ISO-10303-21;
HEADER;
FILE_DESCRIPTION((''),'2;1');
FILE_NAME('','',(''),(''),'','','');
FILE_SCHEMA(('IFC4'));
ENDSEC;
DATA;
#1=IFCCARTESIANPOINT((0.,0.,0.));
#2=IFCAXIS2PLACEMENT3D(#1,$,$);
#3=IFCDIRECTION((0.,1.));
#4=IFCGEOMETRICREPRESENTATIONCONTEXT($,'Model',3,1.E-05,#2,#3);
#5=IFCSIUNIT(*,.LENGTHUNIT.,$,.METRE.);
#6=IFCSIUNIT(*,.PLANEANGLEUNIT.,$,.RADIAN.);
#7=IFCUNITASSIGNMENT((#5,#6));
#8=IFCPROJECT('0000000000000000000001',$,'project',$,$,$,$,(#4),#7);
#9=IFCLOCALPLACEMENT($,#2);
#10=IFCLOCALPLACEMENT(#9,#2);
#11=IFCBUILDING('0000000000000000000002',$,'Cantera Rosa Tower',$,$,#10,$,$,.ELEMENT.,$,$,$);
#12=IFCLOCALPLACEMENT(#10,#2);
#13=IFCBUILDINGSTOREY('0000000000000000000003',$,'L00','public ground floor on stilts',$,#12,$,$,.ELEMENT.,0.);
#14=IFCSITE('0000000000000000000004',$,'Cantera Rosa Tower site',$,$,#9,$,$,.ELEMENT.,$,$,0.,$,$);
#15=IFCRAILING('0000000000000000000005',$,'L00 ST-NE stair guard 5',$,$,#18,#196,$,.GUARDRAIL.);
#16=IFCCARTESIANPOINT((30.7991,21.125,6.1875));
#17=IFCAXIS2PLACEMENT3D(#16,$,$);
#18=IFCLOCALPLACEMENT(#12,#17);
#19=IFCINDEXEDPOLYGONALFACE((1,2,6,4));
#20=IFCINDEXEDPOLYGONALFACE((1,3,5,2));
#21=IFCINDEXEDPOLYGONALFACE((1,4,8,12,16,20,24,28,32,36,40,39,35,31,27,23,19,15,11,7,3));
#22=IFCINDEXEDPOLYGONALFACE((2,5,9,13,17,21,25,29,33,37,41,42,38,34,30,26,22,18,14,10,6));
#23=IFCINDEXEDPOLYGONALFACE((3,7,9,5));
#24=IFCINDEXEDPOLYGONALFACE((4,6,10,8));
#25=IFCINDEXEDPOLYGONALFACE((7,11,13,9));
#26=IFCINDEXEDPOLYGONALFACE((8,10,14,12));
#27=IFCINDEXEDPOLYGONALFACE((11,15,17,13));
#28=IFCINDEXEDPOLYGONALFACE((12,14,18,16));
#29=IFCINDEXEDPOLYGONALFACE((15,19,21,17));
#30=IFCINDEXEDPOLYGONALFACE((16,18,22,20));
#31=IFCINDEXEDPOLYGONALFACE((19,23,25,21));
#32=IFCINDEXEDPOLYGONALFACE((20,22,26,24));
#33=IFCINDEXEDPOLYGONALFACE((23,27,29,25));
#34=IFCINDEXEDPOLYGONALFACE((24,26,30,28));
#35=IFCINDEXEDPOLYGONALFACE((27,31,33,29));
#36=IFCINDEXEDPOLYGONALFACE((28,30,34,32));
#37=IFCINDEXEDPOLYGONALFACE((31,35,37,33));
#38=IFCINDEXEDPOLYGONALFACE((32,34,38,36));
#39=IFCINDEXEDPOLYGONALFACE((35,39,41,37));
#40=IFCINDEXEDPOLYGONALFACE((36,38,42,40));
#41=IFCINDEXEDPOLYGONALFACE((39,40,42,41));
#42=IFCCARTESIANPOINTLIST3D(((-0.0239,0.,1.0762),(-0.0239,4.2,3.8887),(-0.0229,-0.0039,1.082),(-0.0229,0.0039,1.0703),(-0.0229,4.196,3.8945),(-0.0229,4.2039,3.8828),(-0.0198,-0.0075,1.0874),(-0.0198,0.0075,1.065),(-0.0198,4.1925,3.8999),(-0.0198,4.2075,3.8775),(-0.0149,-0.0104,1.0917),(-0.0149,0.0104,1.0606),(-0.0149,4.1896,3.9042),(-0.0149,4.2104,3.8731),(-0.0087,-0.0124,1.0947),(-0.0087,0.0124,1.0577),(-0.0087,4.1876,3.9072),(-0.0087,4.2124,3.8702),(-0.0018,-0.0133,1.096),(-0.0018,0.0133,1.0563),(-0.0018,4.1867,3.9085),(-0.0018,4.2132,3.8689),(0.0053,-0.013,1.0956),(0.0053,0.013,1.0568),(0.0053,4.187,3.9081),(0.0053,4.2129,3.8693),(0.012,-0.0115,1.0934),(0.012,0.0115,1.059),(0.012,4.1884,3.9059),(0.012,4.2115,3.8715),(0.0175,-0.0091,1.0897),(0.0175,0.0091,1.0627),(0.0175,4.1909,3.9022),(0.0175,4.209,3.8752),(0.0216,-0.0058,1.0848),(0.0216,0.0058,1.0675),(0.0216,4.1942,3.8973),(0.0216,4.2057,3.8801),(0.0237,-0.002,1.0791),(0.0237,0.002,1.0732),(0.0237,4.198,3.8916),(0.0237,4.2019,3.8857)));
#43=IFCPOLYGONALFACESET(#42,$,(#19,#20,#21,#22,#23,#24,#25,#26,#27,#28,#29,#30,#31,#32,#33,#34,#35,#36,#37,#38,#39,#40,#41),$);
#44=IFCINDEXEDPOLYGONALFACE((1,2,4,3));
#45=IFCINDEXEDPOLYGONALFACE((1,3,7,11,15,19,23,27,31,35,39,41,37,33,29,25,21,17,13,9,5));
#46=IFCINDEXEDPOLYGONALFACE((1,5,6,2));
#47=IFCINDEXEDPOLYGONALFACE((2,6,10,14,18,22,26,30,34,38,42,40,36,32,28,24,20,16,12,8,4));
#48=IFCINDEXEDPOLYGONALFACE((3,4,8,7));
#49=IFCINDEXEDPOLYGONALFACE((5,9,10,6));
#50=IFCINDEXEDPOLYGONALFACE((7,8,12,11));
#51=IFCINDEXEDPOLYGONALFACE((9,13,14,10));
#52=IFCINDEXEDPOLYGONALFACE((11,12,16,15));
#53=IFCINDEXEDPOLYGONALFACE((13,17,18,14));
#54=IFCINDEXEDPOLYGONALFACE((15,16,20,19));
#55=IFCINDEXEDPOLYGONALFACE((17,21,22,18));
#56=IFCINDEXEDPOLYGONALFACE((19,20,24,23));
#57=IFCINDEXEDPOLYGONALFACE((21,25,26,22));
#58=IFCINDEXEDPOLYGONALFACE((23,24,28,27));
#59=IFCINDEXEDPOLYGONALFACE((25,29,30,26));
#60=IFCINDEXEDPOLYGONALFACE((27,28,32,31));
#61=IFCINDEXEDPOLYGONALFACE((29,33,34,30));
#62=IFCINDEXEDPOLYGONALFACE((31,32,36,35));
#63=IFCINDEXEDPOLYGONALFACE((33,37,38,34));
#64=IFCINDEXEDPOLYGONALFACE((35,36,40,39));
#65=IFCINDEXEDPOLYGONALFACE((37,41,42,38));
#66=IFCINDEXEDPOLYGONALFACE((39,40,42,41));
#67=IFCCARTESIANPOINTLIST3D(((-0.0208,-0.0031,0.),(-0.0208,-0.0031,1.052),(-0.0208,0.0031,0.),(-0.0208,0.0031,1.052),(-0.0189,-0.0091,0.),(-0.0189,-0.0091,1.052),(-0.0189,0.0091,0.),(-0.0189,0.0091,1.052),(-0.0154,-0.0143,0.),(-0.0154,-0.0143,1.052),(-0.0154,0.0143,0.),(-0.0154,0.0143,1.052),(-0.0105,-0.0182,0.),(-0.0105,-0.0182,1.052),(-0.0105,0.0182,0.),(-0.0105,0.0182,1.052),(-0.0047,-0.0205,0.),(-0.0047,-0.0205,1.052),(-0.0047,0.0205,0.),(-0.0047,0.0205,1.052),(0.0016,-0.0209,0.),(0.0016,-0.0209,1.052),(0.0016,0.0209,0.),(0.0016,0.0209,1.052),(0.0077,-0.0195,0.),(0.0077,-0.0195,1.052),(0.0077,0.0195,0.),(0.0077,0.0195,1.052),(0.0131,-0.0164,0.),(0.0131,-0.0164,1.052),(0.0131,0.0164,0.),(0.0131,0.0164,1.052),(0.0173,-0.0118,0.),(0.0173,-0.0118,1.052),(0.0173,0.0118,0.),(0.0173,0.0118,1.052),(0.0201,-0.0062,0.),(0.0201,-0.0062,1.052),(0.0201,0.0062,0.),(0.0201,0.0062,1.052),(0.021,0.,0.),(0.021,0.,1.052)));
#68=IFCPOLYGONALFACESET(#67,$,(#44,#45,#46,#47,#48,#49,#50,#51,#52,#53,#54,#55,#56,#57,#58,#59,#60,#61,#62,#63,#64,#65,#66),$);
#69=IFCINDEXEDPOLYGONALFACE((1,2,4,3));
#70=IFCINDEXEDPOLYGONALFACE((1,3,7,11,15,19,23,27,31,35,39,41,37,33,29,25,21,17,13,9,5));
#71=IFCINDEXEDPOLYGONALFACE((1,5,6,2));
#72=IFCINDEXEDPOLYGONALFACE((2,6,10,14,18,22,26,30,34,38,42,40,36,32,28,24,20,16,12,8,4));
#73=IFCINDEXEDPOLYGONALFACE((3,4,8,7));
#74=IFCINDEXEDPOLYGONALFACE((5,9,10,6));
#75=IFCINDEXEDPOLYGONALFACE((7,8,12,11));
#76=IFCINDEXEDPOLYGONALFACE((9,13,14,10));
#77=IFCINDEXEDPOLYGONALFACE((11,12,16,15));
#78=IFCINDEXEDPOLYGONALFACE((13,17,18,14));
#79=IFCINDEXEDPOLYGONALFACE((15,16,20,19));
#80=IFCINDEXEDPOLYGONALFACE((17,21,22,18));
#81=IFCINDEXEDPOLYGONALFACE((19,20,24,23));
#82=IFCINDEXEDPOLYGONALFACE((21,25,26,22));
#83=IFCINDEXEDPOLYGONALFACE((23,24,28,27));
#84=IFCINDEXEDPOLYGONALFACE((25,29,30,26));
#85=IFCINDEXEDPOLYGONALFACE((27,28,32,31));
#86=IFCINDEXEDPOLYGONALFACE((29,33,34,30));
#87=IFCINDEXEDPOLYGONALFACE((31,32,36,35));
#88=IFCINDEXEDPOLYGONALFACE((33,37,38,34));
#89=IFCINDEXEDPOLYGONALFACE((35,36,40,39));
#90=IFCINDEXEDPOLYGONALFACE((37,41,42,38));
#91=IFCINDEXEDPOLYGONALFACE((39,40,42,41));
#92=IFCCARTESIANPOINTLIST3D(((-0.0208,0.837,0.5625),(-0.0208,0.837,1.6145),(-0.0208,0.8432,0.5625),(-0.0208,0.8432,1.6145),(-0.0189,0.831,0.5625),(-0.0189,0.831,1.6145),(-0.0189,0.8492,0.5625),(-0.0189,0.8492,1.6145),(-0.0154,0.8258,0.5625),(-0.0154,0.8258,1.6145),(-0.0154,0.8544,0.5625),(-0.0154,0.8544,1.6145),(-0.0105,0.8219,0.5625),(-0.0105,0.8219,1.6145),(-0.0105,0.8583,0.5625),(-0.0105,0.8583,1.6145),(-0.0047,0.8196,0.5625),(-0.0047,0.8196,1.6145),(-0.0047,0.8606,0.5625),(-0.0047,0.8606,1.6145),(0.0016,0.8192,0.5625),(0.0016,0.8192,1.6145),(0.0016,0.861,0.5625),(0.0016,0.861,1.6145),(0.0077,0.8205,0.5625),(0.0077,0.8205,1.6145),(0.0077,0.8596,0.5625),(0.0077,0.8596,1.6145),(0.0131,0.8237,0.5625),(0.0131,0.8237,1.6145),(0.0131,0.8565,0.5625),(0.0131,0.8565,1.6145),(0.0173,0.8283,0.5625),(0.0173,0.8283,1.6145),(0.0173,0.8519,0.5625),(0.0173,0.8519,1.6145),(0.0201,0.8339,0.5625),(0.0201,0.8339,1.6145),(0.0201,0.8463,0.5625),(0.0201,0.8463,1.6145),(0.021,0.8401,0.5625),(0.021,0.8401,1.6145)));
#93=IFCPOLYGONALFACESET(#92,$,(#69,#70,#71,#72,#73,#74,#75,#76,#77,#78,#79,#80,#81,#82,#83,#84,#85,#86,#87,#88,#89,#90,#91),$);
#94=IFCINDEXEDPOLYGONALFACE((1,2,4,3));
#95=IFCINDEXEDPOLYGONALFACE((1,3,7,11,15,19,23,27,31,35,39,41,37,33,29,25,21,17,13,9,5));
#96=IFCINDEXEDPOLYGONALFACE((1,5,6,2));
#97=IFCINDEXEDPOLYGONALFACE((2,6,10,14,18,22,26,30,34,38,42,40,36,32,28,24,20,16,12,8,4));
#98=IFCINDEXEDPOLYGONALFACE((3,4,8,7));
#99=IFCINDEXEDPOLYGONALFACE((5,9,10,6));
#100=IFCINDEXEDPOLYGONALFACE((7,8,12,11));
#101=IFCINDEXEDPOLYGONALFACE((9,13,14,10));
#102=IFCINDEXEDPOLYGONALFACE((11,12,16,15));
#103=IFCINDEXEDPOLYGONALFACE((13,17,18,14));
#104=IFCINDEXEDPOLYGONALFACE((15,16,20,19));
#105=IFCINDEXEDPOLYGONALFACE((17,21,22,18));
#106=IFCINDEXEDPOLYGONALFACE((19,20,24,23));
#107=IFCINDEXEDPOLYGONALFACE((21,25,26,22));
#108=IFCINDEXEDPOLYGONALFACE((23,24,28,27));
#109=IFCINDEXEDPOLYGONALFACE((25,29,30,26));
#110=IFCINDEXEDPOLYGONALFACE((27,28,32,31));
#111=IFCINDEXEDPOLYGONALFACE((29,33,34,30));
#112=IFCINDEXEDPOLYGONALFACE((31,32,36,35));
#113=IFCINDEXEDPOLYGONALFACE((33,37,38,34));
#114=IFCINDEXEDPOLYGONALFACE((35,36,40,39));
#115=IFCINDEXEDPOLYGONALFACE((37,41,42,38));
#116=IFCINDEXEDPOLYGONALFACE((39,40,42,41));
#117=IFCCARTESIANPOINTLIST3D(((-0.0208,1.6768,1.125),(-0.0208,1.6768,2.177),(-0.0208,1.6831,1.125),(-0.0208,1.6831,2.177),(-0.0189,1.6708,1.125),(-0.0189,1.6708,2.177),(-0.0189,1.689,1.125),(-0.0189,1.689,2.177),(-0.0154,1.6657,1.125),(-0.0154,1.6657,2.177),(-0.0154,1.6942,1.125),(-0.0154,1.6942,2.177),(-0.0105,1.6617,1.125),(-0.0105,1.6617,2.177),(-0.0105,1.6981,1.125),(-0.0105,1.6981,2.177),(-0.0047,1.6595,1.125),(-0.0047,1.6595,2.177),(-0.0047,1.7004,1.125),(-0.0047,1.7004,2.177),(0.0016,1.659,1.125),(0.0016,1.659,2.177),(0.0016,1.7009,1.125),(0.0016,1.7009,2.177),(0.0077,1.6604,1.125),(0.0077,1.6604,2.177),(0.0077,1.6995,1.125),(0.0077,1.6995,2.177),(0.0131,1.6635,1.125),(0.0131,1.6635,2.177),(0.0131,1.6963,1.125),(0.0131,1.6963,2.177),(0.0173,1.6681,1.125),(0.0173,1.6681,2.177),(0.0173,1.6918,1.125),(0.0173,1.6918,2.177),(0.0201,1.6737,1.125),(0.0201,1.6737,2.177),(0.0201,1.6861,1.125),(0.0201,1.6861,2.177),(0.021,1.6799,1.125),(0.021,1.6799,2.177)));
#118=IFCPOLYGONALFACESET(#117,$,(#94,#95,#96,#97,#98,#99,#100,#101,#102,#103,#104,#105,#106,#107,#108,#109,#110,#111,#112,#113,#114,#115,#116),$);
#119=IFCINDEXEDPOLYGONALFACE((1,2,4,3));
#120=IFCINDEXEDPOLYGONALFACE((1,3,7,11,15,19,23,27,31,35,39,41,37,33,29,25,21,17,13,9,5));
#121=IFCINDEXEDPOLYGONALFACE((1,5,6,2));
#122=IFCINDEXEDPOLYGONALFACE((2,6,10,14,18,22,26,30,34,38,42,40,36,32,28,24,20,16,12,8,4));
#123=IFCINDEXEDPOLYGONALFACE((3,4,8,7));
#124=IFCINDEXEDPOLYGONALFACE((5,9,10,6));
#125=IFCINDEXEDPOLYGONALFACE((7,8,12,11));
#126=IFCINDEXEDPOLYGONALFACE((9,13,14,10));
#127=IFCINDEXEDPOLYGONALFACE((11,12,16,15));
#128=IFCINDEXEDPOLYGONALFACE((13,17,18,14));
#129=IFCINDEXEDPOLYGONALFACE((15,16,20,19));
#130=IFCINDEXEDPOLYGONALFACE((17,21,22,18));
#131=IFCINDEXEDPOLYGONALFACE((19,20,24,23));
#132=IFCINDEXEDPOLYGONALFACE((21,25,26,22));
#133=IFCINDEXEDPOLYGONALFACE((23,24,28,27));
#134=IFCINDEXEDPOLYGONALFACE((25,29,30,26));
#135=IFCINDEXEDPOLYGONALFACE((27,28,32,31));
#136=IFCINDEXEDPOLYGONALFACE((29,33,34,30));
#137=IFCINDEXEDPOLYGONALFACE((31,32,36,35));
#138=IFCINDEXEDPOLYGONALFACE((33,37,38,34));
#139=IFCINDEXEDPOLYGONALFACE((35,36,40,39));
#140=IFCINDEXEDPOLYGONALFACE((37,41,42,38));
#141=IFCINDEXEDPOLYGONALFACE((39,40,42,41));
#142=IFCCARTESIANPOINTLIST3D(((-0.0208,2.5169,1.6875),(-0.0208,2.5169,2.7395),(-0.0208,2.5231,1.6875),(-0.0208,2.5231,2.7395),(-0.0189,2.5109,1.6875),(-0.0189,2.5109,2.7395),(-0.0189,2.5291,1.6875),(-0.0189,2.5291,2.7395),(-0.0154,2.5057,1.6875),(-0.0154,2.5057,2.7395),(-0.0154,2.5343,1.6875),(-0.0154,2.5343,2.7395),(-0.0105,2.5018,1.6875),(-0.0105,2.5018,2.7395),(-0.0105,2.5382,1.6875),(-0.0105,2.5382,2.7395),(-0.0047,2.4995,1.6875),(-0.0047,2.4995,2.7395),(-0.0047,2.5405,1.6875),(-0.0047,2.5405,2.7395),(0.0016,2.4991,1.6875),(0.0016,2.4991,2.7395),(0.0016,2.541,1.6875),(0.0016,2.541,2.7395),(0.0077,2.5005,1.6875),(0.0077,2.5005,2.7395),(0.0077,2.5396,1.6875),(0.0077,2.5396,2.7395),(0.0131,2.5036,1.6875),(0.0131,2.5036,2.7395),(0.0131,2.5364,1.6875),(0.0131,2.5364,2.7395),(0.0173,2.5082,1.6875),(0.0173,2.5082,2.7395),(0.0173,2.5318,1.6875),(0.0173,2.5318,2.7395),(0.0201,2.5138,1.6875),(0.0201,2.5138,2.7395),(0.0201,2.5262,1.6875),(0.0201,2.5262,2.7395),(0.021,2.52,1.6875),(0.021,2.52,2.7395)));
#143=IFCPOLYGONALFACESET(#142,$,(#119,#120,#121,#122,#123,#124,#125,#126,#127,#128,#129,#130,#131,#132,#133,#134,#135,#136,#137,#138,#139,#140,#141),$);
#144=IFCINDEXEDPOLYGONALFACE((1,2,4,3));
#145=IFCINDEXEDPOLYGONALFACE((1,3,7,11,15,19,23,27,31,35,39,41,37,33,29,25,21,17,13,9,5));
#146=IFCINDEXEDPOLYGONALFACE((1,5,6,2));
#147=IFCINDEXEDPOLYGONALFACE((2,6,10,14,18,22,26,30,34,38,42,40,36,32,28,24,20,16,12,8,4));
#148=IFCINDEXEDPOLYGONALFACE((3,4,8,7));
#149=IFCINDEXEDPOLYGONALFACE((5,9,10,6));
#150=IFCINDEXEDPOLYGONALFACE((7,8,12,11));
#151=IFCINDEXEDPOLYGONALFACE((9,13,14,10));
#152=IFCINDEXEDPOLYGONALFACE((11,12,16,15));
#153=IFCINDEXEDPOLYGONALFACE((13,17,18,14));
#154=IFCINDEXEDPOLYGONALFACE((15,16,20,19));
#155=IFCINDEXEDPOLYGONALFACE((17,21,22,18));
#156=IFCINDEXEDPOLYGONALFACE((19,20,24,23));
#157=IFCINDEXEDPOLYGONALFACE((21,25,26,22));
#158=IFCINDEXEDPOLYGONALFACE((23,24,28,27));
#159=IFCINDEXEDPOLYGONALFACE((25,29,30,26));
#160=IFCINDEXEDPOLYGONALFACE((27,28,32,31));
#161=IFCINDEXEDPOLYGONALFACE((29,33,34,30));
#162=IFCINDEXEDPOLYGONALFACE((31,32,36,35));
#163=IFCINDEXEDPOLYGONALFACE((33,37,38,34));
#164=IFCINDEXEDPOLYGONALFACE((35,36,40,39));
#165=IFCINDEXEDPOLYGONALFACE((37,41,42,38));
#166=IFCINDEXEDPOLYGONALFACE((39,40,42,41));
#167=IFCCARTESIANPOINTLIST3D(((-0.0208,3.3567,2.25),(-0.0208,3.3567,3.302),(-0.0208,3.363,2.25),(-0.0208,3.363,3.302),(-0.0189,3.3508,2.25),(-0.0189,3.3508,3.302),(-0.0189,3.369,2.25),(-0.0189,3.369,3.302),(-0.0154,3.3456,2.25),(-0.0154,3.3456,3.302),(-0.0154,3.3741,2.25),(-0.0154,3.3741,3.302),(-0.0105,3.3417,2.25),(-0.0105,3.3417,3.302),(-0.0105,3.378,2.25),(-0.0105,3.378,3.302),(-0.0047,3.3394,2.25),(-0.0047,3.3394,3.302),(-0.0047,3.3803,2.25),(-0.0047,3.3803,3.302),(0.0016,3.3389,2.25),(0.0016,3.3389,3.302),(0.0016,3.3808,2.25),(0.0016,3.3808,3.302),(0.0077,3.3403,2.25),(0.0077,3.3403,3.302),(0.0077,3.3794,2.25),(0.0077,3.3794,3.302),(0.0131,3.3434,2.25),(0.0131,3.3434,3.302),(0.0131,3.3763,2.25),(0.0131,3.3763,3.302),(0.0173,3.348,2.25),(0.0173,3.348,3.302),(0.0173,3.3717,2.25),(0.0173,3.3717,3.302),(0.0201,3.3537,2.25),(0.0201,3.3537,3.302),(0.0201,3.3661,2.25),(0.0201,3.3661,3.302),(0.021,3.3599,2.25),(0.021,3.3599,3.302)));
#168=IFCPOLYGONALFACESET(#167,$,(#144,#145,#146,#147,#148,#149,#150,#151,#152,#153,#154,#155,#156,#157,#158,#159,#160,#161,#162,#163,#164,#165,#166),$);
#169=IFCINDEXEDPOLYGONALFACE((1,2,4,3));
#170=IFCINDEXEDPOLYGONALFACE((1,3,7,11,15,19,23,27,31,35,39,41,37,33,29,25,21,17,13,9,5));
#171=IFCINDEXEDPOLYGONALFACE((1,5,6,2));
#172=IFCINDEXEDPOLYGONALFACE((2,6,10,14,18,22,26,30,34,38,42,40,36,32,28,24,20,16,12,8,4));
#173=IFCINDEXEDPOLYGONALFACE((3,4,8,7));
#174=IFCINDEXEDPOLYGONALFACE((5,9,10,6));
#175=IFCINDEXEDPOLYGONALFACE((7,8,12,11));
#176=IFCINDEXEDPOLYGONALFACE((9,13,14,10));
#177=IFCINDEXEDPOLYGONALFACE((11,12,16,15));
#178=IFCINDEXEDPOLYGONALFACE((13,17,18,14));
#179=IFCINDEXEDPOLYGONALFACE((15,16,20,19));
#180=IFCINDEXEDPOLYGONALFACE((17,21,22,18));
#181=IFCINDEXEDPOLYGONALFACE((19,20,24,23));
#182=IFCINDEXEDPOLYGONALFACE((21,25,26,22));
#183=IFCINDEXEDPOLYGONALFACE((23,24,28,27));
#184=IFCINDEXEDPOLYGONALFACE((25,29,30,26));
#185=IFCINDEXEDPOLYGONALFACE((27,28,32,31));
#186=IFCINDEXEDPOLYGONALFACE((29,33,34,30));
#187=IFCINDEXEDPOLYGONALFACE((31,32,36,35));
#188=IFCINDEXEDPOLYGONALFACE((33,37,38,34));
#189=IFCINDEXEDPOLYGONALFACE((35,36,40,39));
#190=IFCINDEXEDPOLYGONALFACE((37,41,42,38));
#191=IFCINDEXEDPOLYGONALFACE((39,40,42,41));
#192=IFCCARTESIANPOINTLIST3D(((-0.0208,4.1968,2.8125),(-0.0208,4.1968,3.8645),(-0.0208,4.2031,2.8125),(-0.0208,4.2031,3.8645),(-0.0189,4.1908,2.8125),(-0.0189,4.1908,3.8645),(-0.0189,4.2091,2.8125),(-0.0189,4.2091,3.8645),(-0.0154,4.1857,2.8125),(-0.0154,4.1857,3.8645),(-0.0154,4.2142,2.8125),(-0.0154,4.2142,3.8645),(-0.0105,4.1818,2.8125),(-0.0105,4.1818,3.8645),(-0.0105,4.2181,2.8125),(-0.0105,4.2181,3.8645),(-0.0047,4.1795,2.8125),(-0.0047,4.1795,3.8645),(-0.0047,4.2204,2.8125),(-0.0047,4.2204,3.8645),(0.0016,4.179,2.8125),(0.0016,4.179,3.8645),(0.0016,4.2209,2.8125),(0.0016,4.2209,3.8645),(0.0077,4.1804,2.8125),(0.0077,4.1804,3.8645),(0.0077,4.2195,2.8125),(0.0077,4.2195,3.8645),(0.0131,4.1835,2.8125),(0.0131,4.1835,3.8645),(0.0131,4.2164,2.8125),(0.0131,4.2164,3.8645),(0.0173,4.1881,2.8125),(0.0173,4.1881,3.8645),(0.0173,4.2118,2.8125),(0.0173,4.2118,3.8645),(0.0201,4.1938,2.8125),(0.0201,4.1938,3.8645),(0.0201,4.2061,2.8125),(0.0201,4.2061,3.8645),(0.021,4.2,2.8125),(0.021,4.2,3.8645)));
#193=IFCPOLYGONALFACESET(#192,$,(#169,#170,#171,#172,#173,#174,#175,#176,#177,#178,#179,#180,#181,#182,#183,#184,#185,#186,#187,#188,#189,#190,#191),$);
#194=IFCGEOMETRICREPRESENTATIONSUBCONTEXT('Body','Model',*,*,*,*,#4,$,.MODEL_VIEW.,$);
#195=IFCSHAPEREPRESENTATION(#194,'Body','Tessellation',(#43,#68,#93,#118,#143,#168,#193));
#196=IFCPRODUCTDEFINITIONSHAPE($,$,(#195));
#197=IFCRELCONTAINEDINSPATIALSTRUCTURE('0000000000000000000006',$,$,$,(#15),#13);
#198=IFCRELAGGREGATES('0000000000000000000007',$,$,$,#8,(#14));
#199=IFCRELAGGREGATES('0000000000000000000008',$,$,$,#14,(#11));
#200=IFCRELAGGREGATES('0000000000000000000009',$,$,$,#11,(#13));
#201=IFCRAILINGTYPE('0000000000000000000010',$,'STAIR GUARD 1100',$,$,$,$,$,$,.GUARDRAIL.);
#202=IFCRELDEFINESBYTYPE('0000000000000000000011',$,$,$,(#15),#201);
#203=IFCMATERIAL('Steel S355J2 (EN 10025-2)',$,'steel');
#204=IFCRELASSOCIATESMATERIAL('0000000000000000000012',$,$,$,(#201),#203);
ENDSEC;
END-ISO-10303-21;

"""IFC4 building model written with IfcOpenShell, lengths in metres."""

from ifc_helpers import new_model, si_unit, direction, frame, origin, origin_2d, place, context, subcontext, project, spatial, circle, extrude, material, type_object, element, save


model = new_model("IFC4")

# Units and contexts
model_context = context("Model", 3, precision=1e-05, world=origin(), true_north=direction((0.0, 1.0)))
body_context = subcontext(model_context, "Body", "Model", "MODEL_VIEW")
ifc_project = project(units=[si_unit("LENGTHUNIT", "METRE"), si_unit("PLANEANGLEUNIT", "RADIAN")], contexts=[model_context])

# Site, building, storey
site_placement = place(None, origin())
site = spatial("IfcSite", under=ifc_project, at=site_placement, Name="Cantera Rosa Tower site", CompositionType="ELEMENT", RefElevation=0.0)
building_placement = place(site_placement, origin())
building = spatial("IfcBuilding", under=site, at=building_placement, Name="Cantera Rosa Tower", CompositionType="ELEMENT")
storey_placement = place(building_placement, origin())
storey = spatial("IfcBuildingStorey", under=building, at=storey_placement, Name="L00", Description="public ground floor on stilts", CompositionType="ELEMENT", Elevation=0.0)

# Railing
ifc_material_1 = material(Name="Steel S355J2 (EN 10025-2)", Category="steel")
railing_type_1 = type_object("IfcRailingType", Name="STAIR GUARD 1100", PredefinedType="GUARDRAIL", material=ifc_material_1)
railing_1_placement = place(storey_placement, frame((30.7991, 21.125, 6.1875)))
element("IfcRailing", 1, at=railing_1_placement, inside=storey, type_object=railing_type_1, Name="L00 ST-NE stair guard 5", PredefinedType="GUARDRAIL", context=body_context, shape_type="SweptSolid", body=[
    extrude(circle(Radius=0.0239, at=origin_2d()), frame((0.0, 0.0, 1.0762), z_axis=(0.0, 0.830904, 0.556416), x_axis=(-1.0, 0.0, 0.0)), (0.0, 0.0, 1.0), 5.0547),
    extrude(circle(Radius=0.021, at=origin_2d()), origin(), (0.0, 0.0, 1.0), 1.052),
    extrude(circle(Radius=0.021, at=origin_2d()), frame((0.0, 0.8401, 0.5625)), (0.0, 0.0, 1.0), 1.052),
    extrude(circle(Radius=0.021, at=origin_2d()), frame((0.0, 1.6799, 1.125)), (0.0, 0.0, 1.0), 1.052),
    extrude(circle(Radius=0.021, at=origin_2d()), frame((0.0, 2.52, 1.6875)), (0.0, 0.0, 1.0), 1.052),
    extrude(circle(Radius=0.021, at=origin_2d()), frame((0.0, 3.3599, 2.25)), (0.0, 0.0, 1.0), 1.052),
    extrude(circle(Radius=0.021, at=origin_2d()), frame((0.0, 4.2, 2.8125)), (0.0, 0.0, 1.0), 1.052),
])

save(model, "model.ifc")
